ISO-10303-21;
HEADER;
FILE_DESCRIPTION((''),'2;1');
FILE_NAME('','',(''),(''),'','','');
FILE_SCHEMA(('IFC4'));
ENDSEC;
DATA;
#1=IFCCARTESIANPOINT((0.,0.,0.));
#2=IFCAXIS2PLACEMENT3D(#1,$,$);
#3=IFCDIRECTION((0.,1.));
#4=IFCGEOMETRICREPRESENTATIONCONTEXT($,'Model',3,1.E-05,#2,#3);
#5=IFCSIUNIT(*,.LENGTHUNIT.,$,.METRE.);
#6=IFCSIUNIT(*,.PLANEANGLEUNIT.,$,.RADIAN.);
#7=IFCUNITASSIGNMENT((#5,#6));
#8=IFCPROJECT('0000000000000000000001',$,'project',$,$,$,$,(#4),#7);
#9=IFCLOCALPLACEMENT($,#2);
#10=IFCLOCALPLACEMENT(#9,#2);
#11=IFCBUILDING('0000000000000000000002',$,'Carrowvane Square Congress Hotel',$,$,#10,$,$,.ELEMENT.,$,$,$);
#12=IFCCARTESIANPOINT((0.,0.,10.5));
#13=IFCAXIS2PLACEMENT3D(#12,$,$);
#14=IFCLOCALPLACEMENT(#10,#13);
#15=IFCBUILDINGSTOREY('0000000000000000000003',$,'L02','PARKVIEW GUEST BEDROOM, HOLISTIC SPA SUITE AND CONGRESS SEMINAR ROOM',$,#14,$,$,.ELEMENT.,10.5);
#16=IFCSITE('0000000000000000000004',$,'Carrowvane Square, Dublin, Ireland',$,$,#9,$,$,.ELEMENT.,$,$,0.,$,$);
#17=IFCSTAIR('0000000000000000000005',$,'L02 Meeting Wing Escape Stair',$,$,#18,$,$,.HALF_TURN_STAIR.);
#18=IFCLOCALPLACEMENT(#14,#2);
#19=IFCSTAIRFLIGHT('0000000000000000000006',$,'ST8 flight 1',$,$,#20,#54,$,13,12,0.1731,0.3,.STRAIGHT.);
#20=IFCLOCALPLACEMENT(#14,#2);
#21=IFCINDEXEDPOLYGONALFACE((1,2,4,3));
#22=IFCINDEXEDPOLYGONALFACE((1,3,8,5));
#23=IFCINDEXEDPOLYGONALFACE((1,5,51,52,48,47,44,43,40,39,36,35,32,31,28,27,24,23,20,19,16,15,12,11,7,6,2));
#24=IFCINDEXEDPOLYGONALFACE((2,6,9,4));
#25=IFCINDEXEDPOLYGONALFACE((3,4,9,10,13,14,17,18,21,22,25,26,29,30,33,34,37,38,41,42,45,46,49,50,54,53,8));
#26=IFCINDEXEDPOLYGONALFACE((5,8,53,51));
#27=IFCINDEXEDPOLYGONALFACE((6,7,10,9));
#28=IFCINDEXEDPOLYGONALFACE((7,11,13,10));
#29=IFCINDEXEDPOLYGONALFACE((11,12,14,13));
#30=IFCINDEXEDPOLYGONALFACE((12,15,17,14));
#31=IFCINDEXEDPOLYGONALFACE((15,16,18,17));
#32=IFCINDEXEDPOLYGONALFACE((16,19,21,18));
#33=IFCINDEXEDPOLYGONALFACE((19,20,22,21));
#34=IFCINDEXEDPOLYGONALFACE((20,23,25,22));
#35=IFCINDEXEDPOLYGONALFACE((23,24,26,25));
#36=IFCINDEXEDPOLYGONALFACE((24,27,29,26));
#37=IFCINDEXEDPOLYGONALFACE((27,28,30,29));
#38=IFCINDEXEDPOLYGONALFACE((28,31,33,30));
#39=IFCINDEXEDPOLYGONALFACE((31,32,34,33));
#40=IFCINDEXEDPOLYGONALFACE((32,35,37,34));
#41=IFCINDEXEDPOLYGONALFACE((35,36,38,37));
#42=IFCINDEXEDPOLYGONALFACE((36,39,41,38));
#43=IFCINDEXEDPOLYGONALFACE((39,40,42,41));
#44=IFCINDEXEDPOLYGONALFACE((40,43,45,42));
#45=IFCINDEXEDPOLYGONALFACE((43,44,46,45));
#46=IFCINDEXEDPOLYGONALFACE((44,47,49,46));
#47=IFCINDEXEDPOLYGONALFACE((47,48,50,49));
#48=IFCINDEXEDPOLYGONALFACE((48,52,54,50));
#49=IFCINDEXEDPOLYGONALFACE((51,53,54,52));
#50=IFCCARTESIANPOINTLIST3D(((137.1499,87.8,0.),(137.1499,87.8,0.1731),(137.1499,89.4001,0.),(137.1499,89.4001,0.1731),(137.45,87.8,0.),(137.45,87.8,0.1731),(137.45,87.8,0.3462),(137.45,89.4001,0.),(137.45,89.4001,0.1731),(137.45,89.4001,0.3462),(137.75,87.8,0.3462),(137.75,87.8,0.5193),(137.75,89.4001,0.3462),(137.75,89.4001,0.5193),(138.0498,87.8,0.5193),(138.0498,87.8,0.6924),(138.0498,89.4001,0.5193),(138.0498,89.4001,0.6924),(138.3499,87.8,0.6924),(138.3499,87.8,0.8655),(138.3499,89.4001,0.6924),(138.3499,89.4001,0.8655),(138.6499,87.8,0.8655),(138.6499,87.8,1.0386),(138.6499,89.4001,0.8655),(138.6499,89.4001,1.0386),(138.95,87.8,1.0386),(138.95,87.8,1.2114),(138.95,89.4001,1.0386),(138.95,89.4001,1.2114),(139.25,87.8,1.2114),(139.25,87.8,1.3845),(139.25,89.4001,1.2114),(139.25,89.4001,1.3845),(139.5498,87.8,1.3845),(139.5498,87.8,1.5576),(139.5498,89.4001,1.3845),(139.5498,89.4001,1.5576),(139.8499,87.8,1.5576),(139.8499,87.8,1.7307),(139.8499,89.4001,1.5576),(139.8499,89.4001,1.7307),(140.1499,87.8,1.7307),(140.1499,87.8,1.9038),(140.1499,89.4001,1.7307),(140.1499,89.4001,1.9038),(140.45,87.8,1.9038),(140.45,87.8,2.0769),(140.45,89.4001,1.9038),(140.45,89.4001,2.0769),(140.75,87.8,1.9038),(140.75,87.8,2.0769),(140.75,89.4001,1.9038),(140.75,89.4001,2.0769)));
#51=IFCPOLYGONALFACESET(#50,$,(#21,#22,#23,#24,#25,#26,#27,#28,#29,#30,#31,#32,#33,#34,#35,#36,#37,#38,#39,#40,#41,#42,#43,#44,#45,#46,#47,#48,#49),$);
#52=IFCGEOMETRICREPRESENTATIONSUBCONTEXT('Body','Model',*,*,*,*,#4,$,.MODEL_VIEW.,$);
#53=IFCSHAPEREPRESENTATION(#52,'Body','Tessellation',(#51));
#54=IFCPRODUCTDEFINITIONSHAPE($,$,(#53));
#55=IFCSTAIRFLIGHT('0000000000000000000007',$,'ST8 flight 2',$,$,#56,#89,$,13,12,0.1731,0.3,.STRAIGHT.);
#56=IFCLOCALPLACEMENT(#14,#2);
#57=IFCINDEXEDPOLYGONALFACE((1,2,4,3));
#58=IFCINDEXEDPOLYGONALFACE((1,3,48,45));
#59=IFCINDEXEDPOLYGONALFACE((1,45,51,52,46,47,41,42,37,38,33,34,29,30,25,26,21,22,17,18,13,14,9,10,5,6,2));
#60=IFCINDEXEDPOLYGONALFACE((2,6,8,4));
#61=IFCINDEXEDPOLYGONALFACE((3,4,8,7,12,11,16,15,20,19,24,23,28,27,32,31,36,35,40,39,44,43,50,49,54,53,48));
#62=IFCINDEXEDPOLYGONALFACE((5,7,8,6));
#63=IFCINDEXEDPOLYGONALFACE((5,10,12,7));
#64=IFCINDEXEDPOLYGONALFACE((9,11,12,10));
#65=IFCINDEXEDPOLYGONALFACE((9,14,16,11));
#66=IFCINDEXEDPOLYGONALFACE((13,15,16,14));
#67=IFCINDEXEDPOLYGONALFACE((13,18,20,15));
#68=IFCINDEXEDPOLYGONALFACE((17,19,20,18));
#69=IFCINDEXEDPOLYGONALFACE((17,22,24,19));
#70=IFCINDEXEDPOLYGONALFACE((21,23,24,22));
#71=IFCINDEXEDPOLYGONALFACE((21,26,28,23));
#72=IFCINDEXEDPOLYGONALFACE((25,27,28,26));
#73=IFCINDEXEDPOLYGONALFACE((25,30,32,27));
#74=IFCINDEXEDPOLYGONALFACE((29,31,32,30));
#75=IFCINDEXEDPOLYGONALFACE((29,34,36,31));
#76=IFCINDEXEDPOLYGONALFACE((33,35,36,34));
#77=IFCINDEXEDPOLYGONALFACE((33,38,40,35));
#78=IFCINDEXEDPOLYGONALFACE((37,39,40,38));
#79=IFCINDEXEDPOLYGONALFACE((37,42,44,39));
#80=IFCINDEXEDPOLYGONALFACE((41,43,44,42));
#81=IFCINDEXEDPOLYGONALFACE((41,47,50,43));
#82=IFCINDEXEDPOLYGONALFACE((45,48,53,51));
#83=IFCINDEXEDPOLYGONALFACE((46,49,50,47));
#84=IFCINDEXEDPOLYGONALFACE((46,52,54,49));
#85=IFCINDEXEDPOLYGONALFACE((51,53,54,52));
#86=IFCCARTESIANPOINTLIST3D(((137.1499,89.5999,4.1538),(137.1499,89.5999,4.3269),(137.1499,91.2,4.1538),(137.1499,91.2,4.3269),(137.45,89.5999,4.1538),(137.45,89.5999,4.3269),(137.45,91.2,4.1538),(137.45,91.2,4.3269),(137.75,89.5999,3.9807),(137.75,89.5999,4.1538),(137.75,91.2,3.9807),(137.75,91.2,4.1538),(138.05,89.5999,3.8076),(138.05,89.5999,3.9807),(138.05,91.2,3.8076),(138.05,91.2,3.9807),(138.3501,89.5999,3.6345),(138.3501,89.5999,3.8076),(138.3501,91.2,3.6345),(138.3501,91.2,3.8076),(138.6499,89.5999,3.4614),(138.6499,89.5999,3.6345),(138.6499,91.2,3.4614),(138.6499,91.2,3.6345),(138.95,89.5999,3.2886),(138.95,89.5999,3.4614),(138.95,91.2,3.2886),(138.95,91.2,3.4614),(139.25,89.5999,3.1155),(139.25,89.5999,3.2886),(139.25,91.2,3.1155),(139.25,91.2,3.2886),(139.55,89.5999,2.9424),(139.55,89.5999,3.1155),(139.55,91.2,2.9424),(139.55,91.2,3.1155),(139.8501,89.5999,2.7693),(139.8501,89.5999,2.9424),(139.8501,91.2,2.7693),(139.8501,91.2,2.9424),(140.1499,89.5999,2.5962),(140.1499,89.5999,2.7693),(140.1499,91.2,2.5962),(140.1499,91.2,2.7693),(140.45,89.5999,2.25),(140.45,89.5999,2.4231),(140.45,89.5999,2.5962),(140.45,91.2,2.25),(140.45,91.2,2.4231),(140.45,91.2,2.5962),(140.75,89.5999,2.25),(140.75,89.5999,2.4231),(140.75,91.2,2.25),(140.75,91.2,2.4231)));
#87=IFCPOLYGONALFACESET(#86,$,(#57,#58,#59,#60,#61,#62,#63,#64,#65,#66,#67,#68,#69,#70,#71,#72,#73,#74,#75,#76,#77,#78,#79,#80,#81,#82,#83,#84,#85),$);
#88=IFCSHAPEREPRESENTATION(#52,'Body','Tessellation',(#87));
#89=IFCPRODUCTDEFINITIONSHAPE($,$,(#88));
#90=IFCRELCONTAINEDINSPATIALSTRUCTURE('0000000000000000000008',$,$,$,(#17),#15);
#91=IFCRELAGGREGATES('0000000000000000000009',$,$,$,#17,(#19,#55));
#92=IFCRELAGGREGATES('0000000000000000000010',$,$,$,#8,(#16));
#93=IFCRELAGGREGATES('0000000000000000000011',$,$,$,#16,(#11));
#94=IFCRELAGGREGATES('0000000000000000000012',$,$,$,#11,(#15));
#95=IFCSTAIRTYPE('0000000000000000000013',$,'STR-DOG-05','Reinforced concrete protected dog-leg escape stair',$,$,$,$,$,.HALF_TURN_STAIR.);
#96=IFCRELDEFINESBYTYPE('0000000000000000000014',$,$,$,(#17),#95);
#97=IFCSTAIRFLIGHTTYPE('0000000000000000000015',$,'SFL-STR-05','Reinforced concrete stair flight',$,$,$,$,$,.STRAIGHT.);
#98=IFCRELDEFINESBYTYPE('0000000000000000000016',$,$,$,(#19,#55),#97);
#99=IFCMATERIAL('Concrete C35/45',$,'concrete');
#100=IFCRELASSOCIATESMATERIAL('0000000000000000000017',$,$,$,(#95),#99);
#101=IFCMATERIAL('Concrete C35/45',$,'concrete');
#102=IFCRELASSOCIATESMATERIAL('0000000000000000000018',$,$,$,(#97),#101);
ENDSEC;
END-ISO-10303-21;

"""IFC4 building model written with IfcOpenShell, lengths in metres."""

from ifc_helpers import new_model, si_unit, direction, frame, origin, place, context, subcontext, project, spatial, polyline, outline, extrude, material, type_object, element, aggregate, save


model = new_model("IFC4")

# Units and contexts
model_context = context("Model", 3, precision=1e-05, world=origin(), true_north=direction((0.0, 1.0)))
body_context = subcontext(model_context, "Body", "Model", "MODEL_VIEW")
ifc_project = project(units=[si_unit("LENGTHUNIT", "METRE"), si_unit("PLANEANGLEUNIT", "RADIAN")], contexts=[model_context])

# Site, building, storey
site_placement = place(None, origin())
site = spatial("IfcSite", under=ifc_project, at=site_placement, Name="Carrowvane Square, Dublin, Ireland", CompositionType="ELEMENT", RefElevation=0.0)
building_placement = place(site_placement, origin())
building = spatial("IfcBuilding", under=site, at=building_placement, Name="Carrowvane Square Congress Hotel", CompositionType="ELEMENT")
storey_placement = place(building_placement, frame((0.0, 0.0, 10.5)))
storey = spatial("IfcBuildingStorey", under=building, at=storey_placement, Name="L02", Description="PARKVIEW GUEST BEDROOM, HOLISTIC SPA SUITE AND CONGRESS SEMINAR ROOM", CompositionType="ELEMENT", Elevation=10.5)

# Stair, stair flights
ifc_material_1 = material(Name="Concrete C35/45", Category="concrete")
stair_type = type_object("IfcStairType", Name="STR-DOG-05", Description="Reinforced concrete protected dog-leg escape stair", PredefinedType="HALF_TURN_STAIR", material=ifc_material_1)
stair_placement = place(storey_placement, origin())
stair = element("IfcStair", 1, at=stair_placement, inside=storey, type_object=stair_type, Name="L02 Meeting Wing Escape Stair", PredefinedType="HALF_TURN_STAIR")
ifc_material_2 = material(Name="Concrete C35/45", Category="concrete")
stair_flight_type = type_object("IfcStairFlightType", Name="SFL-STR-05", Description="Reinforced concrete stair flight", PredefinedType="STRAIGHT", material=ifc_material_2)
stair_flight_1_placement = place(storey_placement, frame((137.1499, 88.6001, 0.0), z_axis=(0.0, 0.0, 1.0), x_axis=(1.0, 0.0, 0.0)))
stair_flight_1 = element("IfcStairFlight", 2, at=stair_flight_1_placement, type_object=stair_flight_type, Name="ST8 flight 1", NumberOfRisers=13, NumberOfTreads=12, PredefinedType="STRAIGHT", RiserHeight=0.1731, TreadLength=0.3, context=body_context, shape_type="SweptSolid", body=[
    extrude(outline(polyline([(0.0, 0.0), (0.0, 0.1731), (0.3, 0.1731), (0.3, 0.3462), (0.6001, 0.3462), (0.6001, 0.5193), (0.8999, 0.5193), (0.8999, 0.6924), (1.2, 0.6924), (1.2, 0.8655), (1.5, 0.8655), (1.5, 1.0386), (1.8, 1.0386), (1.8, 1.2114), (2.1001, 1.2114), (2.1001, 1.3845), (2.3999, 1.3845), (2.3999, 1.5576), (2.7, 1.5576), (2.7, 1.7307), (3.0, 1.7307), (3.0, 1.9038), (3.3, 1.9038), (3.3, 2.0769), (3.6001, 2.0769), (3.6001, 2.25), (3.6001, 1.9038), (0.3, 0.0), (0.0, 0.0)])), frame((0.0, 0.8, 0.0), z_axis=(0.0, -1.0, 0.0), x_axis=(1.0, 0.0, 0.0)), (0.0, 0.0, 1.0), 1.6001),
])
stair_flight_2_placement = place(storey_placement, frame((140.75, 90.3999, 2.25), z_axis=(0.0, 0.0, 1.0), x_axis=(-1.0, 0.0, 0.0)))
stair_flight_2 = element("IfcStairFlight", 3, at=stair_flight_2_placement, type_object=stair_flight_type, Name="ST8 flight 2", NumberOfRisers=13, NumberOfTreads=12, PredefinedType="STRAIGHT", RiserHeight=0.1731, TreadLength=0.3, context=body_context, shape_type="SweptSolid", body=[
    extrude(outline(polyline([(0.0, 0.0), (0.0, 0.1731), (0.3, 0.1731), (0.3, 0.3462), (0.6001, 0.3462), (0.6001, 0.5193), (0.8999, 0.5193), (0.8999, 0.6924), (1.2, 0.6924), (1.2, 0.8655), (1.5, 0.8655), (1.5, 1.0386), (1.8, 1.0386), (1.8, 1.2114), (2.1001, 1.2114), (2.1001, 1.3845), (2.3999, 1.3845), (2.3999, 1.5576), (2.7, 1.5576), (2.7, 1.7307), (3.0, 1.7307), (3.0, 1.9038), (3.3, 1.9038), (3.3, 2.0769), (3.6001, 2.0769), (3.6001, 2.25), (3.6001, 1.9038), (0.3, 0.0), (0.0, 0.0)])), frame((0.0, 0.8, 0.0), z_axis=(0.0, -1.0, 0.0), x_axis=(1.0, 0.0, 0.0)), (0.0, 0.0, 1.0), 1.6001),
])
aggregate(stair, [stair_flight_1, stair_flight_2])

save(model, "model.ifc")
